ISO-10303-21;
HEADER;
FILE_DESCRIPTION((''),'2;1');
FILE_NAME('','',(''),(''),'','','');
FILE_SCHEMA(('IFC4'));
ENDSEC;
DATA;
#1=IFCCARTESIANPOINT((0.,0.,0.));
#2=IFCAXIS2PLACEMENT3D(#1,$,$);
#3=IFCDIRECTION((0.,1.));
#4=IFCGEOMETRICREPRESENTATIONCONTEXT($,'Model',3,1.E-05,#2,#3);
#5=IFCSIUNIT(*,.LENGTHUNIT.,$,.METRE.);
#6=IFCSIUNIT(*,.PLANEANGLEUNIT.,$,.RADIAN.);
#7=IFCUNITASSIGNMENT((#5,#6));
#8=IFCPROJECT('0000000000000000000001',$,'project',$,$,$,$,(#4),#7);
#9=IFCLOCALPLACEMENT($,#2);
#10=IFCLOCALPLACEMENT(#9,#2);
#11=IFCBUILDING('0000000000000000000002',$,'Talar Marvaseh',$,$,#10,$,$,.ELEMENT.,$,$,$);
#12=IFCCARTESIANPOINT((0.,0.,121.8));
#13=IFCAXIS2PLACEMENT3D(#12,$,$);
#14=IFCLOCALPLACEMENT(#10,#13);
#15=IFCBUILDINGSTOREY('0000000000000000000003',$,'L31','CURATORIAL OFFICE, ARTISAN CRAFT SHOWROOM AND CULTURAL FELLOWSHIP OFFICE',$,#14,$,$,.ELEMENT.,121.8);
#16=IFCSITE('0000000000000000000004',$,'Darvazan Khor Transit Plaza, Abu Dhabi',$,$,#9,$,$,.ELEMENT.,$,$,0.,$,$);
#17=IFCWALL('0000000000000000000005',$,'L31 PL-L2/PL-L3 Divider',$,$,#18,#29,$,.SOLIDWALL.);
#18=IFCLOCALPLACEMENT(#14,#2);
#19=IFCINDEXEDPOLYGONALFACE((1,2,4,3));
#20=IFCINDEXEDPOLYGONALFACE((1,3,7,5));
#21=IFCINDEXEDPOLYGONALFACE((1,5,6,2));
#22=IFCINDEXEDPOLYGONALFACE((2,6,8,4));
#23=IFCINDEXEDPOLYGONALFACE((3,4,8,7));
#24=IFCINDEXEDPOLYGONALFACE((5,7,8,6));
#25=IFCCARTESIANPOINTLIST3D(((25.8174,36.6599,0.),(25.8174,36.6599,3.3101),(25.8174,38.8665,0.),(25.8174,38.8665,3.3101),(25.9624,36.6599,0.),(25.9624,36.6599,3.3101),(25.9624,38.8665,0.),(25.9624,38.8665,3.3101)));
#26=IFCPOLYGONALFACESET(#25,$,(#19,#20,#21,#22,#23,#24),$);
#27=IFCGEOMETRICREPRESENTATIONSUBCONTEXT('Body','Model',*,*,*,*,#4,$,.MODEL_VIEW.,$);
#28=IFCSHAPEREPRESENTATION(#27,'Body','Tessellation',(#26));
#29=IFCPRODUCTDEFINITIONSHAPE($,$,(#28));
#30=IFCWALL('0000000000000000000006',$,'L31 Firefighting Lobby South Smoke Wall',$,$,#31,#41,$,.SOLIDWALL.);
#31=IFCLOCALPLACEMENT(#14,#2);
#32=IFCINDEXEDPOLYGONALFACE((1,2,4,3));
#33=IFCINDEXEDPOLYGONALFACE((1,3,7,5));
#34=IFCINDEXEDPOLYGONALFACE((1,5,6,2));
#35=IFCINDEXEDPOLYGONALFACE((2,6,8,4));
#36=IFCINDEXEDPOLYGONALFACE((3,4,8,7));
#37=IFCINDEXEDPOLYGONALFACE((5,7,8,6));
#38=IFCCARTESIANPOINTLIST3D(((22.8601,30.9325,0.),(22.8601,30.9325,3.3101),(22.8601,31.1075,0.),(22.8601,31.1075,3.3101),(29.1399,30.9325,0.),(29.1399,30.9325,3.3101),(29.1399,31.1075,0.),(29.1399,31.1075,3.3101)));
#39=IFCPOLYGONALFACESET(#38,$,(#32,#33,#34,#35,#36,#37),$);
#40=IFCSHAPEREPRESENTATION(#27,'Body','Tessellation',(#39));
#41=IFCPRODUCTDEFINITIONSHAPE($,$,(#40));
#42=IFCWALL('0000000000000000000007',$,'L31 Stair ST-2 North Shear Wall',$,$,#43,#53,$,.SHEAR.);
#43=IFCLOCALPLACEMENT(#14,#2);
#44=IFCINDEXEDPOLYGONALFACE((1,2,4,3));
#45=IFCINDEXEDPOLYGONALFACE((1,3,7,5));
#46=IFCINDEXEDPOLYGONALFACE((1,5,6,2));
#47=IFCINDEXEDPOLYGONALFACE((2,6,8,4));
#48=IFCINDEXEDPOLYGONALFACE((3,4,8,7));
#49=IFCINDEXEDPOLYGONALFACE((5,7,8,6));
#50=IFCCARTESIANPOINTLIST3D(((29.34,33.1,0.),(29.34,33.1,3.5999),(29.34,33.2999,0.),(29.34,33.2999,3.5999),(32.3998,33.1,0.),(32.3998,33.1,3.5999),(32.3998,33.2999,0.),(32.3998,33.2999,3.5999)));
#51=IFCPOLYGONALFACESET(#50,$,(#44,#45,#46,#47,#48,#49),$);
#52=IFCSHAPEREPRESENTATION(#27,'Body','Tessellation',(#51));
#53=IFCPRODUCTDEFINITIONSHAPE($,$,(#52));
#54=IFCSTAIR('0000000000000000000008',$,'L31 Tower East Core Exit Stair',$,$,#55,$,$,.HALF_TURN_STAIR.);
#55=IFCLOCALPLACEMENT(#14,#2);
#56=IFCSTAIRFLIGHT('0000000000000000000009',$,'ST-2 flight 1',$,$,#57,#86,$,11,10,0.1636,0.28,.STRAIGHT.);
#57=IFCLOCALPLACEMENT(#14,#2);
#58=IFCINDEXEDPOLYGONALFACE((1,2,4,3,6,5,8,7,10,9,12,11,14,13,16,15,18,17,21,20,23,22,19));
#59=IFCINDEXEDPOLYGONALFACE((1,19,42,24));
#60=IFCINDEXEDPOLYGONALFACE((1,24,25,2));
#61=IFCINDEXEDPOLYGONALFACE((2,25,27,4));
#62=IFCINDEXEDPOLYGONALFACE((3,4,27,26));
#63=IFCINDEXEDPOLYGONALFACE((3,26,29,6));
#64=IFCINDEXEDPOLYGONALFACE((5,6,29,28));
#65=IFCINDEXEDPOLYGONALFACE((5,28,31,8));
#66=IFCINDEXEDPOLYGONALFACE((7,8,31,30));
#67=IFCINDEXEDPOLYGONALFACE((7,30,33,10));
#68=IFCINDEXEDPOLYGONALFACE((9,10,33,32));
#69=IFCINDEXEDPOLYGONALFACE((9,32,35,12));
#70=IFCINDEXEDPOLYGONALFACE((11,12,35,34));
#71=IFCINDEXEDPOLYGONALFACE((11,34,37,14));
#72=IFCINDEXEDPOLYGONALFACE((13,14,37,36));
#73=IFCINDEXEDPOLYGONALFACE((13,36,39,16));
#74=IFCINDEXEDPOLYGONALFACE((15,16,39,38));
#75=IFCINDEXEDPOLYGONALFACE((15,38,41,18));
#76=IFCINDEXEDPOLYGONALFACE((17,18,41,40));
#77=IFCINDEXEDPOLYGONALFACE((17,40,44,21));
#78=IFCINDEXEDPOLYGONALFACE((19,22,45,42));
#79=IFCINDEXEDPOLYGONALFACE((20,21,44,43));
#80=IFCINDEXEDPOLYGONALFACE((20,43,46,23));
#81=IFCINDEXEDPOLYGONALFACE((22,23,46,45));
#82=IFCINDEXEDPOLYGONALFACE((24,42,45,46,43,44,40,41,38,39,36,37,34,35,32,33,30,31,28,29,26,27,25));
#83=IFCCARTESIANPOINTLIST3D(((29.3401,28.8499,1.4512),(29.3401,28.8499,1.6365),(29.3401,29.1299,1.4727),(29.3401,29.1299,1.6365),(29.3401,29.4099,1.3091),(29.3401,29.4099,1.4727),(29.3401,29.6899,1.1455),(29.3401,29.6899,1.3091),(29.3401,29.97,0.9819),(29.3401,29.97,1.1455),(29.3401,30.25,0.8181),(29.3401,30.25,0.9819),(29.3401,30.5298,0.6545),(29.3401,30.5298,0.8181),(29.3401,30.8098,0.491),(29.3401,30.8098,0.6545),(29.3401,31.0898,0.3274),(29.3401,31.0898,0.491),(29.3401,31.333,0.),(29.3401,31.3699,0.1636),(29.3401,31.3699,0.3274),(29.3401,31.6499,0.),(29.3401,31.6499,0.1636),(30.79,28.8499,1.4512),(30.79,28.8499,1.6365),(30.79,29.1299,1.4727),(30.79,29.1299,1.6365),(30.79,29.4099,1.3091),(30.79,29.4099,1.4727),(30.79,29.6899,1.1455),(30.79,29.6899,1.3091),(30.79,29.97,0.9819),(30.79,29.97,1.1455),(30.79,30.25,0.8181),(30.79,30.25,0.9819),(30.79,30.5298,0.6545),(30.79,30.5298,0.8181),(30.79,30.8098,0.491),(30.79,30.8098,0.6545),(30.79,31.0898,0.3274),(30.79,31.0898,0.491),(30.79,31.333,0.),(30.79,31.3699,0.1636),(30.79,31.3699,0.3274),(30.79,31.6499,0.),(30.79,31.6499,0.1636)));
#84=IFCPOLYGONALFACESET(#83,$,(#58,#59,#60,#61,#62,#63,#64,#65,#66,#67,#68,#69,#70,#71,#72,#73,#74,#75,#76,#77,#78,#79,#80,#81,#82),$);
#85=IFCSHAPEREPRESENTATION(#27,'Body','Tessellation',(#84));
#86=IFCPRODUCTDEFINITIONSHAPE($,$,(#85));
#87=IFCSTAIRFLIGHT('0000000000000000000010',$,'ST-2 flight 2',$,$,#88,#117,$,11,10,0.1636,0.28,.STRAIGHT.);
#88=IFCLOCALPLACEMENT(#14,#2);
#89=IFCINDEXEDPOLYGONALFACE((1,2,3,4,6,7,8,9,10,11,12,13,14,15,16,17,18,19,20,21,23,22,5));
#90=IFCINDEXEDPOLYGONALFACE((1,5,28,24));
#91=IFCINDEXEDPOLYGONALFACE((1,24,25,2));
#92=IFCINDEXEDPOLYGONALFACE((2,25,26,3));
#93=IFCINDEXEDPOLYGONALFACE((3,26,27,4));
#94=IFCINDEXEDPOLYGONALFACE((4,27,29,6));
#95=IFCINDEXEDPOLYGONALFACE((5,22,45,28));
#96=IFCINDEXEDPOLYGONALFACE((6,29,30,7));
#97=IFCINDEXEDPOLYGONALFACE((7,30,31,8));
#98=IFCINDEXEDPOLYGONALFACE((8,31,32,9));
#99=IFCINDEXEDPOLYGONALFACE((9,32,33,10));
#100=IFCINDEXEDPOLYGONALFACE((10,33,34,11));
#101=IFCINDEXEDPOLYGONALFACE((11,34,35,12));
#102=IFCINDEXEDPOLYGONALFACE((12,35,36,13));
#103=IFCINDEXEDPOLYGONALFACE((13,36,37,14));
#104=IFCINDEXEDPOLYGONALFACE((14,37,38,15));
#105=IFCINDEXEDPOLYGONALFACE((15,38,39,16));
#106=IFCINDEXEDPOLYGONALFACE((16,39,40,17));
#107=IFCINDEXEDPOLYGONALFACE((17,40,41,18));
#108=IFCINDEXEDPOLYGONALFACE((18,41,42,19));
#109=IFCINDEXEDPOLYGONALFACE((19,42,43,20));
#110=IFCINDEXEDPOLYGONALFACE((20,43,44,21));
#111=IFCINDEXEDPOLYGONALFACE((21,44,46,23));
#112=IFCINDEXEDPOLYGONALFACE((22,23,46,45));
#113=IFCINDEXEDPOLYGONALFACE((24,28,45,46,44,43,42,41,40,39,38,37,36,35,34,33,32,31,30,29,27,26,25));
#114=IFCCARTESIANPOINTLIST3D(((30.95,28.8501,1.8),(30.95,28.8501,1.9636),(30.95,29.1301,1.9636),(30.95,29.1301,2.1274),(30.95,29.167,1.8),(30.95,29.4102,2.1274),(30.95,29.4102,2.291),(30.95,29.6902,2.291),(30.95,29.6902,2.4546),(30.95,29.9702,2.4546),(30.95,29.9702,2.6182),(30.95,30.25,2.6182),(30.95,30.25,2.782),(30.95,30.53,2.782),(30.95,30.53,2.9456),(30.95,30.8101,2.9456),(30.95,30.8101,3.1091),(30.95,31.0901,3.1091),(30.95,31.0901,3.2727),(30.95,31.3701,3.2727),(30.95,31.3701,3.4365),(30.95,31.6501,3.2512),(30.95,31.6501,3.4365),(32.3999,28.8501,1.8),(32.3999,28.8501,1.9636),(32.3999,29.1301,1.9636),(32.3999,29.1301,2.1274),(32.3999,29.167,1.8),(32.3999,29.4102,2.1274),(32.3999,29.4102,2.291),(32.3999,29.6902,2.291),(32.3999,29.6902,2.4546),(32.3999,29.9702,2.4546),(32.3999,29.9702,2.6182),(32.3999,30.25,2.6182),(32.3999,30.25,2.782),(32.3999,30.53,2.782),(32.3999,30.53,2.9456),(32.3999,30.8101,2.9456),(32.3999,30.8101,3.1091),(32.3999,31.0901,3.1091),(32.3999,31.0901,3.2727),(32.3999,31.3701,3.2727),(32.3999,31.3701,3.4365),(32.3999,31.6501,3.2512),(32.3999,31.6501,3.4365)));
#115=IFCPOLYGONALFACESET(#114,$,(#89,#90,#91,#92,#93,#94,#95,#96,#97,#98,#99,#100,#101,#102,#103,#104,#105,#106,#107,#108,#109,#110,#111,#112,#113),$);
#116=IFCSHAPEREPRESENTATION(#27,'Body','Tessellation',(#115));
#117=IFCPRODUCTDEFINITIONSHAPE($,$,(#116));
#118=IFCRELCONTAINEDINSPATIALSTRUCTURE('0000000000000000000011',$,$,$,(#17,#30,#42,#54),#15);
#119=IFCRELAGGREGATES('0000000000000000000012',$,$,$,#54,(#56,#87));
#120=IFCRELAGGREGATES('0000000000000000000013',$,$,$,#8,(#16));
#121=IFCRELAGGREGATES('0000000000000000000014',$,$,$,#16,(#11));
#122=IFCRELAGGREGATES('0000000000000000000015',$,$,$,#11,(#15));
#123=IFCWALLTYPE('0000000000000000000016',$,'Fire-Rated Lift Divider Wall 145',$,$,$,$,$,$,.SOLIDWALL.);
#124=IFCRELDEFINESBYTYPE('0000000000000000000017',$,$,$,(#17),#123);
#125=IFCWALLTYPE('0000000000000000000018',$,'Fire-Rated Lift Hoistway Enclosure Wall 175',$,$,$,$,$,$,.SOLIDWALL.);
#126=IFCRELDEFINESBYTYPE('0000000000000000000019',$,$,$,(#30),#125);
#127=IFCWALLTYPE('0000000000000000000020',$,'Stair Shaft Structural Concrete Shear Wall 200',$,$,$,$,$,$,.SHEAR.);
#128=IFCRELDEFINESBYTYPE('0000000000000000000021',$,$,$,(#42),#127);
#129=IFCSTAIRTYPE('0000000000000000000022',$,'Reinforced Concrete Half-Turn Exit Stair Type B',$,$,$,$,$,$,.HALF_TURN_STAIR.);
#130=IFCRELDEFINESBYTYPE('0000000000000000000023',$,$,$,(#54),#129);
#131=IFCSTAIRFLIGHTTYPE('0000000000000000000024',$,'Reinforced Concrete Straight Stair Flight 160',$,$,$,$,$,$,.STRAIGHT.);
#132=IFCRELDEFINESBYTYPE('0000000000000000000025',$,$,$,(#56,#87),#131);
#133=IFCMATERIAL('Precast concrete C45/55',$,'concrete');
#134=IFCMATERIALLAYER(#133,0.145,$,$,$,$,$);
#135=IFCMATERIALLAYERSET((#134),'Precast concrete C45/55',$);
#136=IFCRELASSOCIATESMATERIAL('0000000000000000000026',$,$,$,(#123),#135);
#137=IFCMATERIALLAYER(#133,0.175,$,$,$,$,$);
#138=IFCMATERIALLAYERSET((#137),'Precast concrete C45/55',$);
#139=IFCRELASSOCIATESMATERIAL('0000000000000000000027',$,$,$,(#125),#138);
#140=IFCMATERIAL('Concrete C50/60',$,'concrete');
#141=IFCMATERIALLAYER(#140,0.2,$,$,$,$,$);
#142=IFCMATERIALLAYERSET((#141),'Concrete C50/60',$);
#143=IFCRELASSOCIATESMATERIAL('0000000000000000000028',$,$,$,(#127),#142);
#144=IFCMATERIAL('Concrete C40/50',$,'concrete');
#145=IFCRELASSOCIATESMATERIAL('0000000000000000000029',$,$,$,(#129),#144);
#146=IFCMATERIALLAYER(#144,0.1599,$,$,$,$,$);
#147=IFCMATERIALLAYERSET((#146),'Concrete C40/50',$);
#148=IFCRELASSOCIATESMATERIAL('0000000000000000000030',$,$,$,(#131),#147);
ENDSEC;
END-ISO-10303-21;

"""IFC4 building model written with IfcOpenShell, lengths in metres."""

from ifc_helpers import new_model, si_unit, direction, frame, frame_2d, origin, place, context, subcontext, project, spatial, polyline, rectangle, outline, extrude, material, layer, layer_set, type_object, element, aggregate, save


model = new_model("IFC4")

# Units and contexts
model_context = context("Model", 3, precision=1e-05, world=origin(), true_north=direction((0.0, 1.0)))
body_context = subcontext(model_context, "Body", "Model", "MODEL_VIEW")
ifc_project = project(units=[si_unit("LENGTHUNIT", "METRE"), si_unit("PLANEANGLEUNIT", "RADIAN")], contexts=[model_context])

# Site, building, storey
site_placement = place(None, origin())
site = spatial("IfcSite", under=ifc_project, at=site_placement, Name="Darvazan Khor Transit Plaza, Abu Dhabi", CompositionType="ELEMENT", RefElevation=0.0)
building_placement = place(site_placement, origin())
building = spatial("IfcBuilding", under=site, at=building_placement, Name="Talar Marvaseh", CompositionType="ELEMENT")
storey_placement = place(building_placement, frame((0.0, 0.0, 121.8)))
storey = spatial("IfcBuildingStorey", under=building, at=storey_placement, Name="L31", Description="CURATORIAL OFFICE, ARTISAN CRAFT SHOWROOM AND CULTURAL FELLOWSHIP OFFICE", CompositionType="ELEMENT", Elevation=121.8)

# Shared definitions
ifc_material_1 = material(Name="Concrete C40/50", Category="concrete")

# Wall
ifc_material_2 = material(Name="Precast concrete C45/55", Category="concrete")
ifc_layer_1 = layer(ifc_material_2, 0.145)
ifc_layer_set_1 = layer_set([ifc_layer_1], Name="Precast concrete C45/55")
wall_type_1 = type_object("IfcWallType", Name="Fire-Rated Lift Divider Wall 145", PredefinedType="SOLIDWALL", material=ifc_layer_set_1)
for number, where, z_axis, x_axis, name in (
    (1, (25.8899, 36.6599, 0.0), (0.0, 0.0, 1.0), (0.0, 1.0, 0.0), "L31 PL-L2/PL-L3 Divider"),
):
    element("IfcWall", number, at=place(storey_placement, frame(where, z_axis=z_axis, x_axis=x_axis)), inside=storey, type_object=wall_type_1, Name=name, PredefinedType="SOLIDWALL", context=body_context, shape_type="SweptSolid", body=[
        extrude(rectangle(XDim=2.2065, YDim=0.145, at=frame_2d((1.1033, 0.0))), origin(), (0.0, 0.0, 1.0), 3.3101),
    ])

# Shared definitions
ifc_layer_2 = layer(ifc_material_2, 0.175)
ifc_layer_set_2 = layer_set([ifc_layer_2], Name="Precast concrete C45/55")
wall_type_2 = type_object("IfcWallType", Name="Fire-Rated Lift Hoistway Enclosure Wall 175", PredefinedType="SOLIDWALL", material=ifc_layer_set_2)

# Walls
wall_1_placement = place(storey_placement, frame((22.8601, 31.02, 0.0), z_axis=(0.0, 0.0, 1.0), x_axis=(1.0, 0.0, 0.0)))
element("IfcWall", 2, at=wall_1_placement, inside=storey, type_object=wall_type_2, Name="L31 Firefighting Lobby South Smoke Wall", PredefinedType="SOLIDWALL", context=body_context, shape_type="SweptSolid", body=[
    extrude(rectangle(XDim=6.2798, YDim=0.175, at=frame_2d((3.1399, 0.0))), origin(), (0.0, 0.0, 1.0), 3.3101),
])
ifc_material_3 = material(Name="Concrete C50/60", Category="concrete")
ifc_layer_3 = layer(ifc_material_3, 0.2)
ifc_layer_set_3 = layer_set([ifc_layer_3], Name="Concrete C50/60")
wall_type_3 = type_object("IfcWallType", Name="Stair Shaft Structural Concrete Shear Wall 200", PredefinedType="SHEAR", material=ifc_layer_set_3)
wall_2_placement = place(storey_placement, frame((29.3401, 33.2, 0.0), z_axis=(0.0, 0.0, 1.0), x_axis=(1.0, 0.0, 0.0)))
element("IfcWall", 3, at=wall_2_placement, inside=storey, type_object=wall_type_3, Name="L31 Stair ST-2 North Shear Wall", PredefinedType="SHEAR", context=body_context, shape_type="SweptSolid", body=[
    extrude(rectangle(XDim=3.0598, YDim=0.2, at=frame_2d((1.5298, 0.0))), origin(), (0.0, 0.0, 1.0), 3.5999),
])

# Stair, stair flights
stair_type = type_object("IfcStairType", Name="Reinforced Concrete Half-Turn Exit Stair Type B", PredefinedType="HALF_TURN_STAIR", material=ifc_material_1)
stair_placement = place(storey_placement, origin())
stair = element("IfcStair", 4, at=stair_placement, inside=storey, type_object=stair_type, Name="L31 Tower East Core Exit Stair", PredefinedType="HALF_TURN_STAIR")
ifc_layer_4 = layer(ifc_material_1, 0.1599)
ifc_layer_set_4 = layer_set([ifc_layer_4], Name="Concrete C40/50")
stair_flight_type = type_object("IfcStairFlightType", Name="Reinforced Concrete Straight Stair Flight 160", PredefinedType="STRAIGHT", material=ifc_layer_set_4)
stair_flight_1_placement = place(storey_placement, frame((30.0649, 31.6499, 0.0), z_axis=(0.0, 0.0, 1.0), x_axis=(0.0, -1.0, 0.0)))
stair_flight_1 = element("IfcStairFlight", 5, at=stair_flight_1_placement, type_object=stair_flight_type, Name="ST-2 flight 1", NumberOfRisers=11, NumberOfTreads=10, PredefinedType="STRAIGHT", RiserHeight=0.1636, TreadLength=0.28, context=body_context, shape_type="SweptSolid", body=[
    extrude(outline(polyline([(0.0, 0.0), (0.0, 0.1636), (0.28, 0.1636), (0.28, 0.3274), (0.5601, 0.3274), (0.5601, 0.491), (0.8401, 0.491), (0.8401, 0.6545), (1.1201, 0.6545), (1.1201, 0.8181), (1.3999, 0.8181), (1.3999, 0.9819), (1.6799, 0.9819), (1.6799, 1.1455), (1.96, 1.1455), (1.96, 1.3091), (2.24, 1.3091), (2.24, 1.4727), (2.52, 1.4727), (2.52, 1.6365), (2.8, 1.6365), (2.8, 1.8), (2.8, 1.4512), (0.3169, 0.0), (0.0, 0.0)])), frame((0.0, 0.7251, 0.0), z_axis=(0.0, -1.0, 0.0), x_axis=(1.0, 0.0, 0.0)), (0.0, 0.0, 1.0), 1.45),
])
stair_flight_2_placement = place(storey_placement, frame((31.675, 28.8501, 1.8), z_axis=(0.0, 0.0, 1.0), x_axis=(0.0, 1.0, 0.0)))
stair_flight_2 = element("IfcStairFlight", 6, at=stair_flight_2_placement, type_object=stair_flight_type, Name="ST-2 flight 2", NumberOfRisers=11, NumberOfTreads=10, PredefinedType="STRAIGHT", RiserHeight=0.1636, TreadLength=0.28, context=body_context, shape_type="SweptSolid", body=[
    extrude(outline(polyline([(0.0, 0.0), (0.0, 0.1636), (0.28, 0.1636), (0.28, 0.3274), (0.5601, 0.3274), (0.5601, 0.491), (0.8401, 0.491), (0.8401, 0.6545), (1.1201, 0.6545), (1.1201, 0.8181), (1.3999, 0.8181), (1.3999, 0.9819), (1.6799, 0.9819), (1.6799, 1.1455), (1.96, 1.1455), (1.96, 1.3091), (2.24, 1.3091), (2.24, 1.4727), (2.52, 1.4727), (2.52, 1.6365), (2.8, 1.6365), (2.8, 1.8), (2.8, 1.4512), (0.3169, 0.0), (0.0, 0.0)])), frame((0.0, 0.7251, 0.0), z_axis=(0.0, -1.0, 0.0), x_axis=(1.0, 0.0, 0.0)), (0.0, 0.0, 1.0), 1.45),
])
aggregate(stair, [stair_flight_1, stair_flight_2])

save(model, "model.ifc")
